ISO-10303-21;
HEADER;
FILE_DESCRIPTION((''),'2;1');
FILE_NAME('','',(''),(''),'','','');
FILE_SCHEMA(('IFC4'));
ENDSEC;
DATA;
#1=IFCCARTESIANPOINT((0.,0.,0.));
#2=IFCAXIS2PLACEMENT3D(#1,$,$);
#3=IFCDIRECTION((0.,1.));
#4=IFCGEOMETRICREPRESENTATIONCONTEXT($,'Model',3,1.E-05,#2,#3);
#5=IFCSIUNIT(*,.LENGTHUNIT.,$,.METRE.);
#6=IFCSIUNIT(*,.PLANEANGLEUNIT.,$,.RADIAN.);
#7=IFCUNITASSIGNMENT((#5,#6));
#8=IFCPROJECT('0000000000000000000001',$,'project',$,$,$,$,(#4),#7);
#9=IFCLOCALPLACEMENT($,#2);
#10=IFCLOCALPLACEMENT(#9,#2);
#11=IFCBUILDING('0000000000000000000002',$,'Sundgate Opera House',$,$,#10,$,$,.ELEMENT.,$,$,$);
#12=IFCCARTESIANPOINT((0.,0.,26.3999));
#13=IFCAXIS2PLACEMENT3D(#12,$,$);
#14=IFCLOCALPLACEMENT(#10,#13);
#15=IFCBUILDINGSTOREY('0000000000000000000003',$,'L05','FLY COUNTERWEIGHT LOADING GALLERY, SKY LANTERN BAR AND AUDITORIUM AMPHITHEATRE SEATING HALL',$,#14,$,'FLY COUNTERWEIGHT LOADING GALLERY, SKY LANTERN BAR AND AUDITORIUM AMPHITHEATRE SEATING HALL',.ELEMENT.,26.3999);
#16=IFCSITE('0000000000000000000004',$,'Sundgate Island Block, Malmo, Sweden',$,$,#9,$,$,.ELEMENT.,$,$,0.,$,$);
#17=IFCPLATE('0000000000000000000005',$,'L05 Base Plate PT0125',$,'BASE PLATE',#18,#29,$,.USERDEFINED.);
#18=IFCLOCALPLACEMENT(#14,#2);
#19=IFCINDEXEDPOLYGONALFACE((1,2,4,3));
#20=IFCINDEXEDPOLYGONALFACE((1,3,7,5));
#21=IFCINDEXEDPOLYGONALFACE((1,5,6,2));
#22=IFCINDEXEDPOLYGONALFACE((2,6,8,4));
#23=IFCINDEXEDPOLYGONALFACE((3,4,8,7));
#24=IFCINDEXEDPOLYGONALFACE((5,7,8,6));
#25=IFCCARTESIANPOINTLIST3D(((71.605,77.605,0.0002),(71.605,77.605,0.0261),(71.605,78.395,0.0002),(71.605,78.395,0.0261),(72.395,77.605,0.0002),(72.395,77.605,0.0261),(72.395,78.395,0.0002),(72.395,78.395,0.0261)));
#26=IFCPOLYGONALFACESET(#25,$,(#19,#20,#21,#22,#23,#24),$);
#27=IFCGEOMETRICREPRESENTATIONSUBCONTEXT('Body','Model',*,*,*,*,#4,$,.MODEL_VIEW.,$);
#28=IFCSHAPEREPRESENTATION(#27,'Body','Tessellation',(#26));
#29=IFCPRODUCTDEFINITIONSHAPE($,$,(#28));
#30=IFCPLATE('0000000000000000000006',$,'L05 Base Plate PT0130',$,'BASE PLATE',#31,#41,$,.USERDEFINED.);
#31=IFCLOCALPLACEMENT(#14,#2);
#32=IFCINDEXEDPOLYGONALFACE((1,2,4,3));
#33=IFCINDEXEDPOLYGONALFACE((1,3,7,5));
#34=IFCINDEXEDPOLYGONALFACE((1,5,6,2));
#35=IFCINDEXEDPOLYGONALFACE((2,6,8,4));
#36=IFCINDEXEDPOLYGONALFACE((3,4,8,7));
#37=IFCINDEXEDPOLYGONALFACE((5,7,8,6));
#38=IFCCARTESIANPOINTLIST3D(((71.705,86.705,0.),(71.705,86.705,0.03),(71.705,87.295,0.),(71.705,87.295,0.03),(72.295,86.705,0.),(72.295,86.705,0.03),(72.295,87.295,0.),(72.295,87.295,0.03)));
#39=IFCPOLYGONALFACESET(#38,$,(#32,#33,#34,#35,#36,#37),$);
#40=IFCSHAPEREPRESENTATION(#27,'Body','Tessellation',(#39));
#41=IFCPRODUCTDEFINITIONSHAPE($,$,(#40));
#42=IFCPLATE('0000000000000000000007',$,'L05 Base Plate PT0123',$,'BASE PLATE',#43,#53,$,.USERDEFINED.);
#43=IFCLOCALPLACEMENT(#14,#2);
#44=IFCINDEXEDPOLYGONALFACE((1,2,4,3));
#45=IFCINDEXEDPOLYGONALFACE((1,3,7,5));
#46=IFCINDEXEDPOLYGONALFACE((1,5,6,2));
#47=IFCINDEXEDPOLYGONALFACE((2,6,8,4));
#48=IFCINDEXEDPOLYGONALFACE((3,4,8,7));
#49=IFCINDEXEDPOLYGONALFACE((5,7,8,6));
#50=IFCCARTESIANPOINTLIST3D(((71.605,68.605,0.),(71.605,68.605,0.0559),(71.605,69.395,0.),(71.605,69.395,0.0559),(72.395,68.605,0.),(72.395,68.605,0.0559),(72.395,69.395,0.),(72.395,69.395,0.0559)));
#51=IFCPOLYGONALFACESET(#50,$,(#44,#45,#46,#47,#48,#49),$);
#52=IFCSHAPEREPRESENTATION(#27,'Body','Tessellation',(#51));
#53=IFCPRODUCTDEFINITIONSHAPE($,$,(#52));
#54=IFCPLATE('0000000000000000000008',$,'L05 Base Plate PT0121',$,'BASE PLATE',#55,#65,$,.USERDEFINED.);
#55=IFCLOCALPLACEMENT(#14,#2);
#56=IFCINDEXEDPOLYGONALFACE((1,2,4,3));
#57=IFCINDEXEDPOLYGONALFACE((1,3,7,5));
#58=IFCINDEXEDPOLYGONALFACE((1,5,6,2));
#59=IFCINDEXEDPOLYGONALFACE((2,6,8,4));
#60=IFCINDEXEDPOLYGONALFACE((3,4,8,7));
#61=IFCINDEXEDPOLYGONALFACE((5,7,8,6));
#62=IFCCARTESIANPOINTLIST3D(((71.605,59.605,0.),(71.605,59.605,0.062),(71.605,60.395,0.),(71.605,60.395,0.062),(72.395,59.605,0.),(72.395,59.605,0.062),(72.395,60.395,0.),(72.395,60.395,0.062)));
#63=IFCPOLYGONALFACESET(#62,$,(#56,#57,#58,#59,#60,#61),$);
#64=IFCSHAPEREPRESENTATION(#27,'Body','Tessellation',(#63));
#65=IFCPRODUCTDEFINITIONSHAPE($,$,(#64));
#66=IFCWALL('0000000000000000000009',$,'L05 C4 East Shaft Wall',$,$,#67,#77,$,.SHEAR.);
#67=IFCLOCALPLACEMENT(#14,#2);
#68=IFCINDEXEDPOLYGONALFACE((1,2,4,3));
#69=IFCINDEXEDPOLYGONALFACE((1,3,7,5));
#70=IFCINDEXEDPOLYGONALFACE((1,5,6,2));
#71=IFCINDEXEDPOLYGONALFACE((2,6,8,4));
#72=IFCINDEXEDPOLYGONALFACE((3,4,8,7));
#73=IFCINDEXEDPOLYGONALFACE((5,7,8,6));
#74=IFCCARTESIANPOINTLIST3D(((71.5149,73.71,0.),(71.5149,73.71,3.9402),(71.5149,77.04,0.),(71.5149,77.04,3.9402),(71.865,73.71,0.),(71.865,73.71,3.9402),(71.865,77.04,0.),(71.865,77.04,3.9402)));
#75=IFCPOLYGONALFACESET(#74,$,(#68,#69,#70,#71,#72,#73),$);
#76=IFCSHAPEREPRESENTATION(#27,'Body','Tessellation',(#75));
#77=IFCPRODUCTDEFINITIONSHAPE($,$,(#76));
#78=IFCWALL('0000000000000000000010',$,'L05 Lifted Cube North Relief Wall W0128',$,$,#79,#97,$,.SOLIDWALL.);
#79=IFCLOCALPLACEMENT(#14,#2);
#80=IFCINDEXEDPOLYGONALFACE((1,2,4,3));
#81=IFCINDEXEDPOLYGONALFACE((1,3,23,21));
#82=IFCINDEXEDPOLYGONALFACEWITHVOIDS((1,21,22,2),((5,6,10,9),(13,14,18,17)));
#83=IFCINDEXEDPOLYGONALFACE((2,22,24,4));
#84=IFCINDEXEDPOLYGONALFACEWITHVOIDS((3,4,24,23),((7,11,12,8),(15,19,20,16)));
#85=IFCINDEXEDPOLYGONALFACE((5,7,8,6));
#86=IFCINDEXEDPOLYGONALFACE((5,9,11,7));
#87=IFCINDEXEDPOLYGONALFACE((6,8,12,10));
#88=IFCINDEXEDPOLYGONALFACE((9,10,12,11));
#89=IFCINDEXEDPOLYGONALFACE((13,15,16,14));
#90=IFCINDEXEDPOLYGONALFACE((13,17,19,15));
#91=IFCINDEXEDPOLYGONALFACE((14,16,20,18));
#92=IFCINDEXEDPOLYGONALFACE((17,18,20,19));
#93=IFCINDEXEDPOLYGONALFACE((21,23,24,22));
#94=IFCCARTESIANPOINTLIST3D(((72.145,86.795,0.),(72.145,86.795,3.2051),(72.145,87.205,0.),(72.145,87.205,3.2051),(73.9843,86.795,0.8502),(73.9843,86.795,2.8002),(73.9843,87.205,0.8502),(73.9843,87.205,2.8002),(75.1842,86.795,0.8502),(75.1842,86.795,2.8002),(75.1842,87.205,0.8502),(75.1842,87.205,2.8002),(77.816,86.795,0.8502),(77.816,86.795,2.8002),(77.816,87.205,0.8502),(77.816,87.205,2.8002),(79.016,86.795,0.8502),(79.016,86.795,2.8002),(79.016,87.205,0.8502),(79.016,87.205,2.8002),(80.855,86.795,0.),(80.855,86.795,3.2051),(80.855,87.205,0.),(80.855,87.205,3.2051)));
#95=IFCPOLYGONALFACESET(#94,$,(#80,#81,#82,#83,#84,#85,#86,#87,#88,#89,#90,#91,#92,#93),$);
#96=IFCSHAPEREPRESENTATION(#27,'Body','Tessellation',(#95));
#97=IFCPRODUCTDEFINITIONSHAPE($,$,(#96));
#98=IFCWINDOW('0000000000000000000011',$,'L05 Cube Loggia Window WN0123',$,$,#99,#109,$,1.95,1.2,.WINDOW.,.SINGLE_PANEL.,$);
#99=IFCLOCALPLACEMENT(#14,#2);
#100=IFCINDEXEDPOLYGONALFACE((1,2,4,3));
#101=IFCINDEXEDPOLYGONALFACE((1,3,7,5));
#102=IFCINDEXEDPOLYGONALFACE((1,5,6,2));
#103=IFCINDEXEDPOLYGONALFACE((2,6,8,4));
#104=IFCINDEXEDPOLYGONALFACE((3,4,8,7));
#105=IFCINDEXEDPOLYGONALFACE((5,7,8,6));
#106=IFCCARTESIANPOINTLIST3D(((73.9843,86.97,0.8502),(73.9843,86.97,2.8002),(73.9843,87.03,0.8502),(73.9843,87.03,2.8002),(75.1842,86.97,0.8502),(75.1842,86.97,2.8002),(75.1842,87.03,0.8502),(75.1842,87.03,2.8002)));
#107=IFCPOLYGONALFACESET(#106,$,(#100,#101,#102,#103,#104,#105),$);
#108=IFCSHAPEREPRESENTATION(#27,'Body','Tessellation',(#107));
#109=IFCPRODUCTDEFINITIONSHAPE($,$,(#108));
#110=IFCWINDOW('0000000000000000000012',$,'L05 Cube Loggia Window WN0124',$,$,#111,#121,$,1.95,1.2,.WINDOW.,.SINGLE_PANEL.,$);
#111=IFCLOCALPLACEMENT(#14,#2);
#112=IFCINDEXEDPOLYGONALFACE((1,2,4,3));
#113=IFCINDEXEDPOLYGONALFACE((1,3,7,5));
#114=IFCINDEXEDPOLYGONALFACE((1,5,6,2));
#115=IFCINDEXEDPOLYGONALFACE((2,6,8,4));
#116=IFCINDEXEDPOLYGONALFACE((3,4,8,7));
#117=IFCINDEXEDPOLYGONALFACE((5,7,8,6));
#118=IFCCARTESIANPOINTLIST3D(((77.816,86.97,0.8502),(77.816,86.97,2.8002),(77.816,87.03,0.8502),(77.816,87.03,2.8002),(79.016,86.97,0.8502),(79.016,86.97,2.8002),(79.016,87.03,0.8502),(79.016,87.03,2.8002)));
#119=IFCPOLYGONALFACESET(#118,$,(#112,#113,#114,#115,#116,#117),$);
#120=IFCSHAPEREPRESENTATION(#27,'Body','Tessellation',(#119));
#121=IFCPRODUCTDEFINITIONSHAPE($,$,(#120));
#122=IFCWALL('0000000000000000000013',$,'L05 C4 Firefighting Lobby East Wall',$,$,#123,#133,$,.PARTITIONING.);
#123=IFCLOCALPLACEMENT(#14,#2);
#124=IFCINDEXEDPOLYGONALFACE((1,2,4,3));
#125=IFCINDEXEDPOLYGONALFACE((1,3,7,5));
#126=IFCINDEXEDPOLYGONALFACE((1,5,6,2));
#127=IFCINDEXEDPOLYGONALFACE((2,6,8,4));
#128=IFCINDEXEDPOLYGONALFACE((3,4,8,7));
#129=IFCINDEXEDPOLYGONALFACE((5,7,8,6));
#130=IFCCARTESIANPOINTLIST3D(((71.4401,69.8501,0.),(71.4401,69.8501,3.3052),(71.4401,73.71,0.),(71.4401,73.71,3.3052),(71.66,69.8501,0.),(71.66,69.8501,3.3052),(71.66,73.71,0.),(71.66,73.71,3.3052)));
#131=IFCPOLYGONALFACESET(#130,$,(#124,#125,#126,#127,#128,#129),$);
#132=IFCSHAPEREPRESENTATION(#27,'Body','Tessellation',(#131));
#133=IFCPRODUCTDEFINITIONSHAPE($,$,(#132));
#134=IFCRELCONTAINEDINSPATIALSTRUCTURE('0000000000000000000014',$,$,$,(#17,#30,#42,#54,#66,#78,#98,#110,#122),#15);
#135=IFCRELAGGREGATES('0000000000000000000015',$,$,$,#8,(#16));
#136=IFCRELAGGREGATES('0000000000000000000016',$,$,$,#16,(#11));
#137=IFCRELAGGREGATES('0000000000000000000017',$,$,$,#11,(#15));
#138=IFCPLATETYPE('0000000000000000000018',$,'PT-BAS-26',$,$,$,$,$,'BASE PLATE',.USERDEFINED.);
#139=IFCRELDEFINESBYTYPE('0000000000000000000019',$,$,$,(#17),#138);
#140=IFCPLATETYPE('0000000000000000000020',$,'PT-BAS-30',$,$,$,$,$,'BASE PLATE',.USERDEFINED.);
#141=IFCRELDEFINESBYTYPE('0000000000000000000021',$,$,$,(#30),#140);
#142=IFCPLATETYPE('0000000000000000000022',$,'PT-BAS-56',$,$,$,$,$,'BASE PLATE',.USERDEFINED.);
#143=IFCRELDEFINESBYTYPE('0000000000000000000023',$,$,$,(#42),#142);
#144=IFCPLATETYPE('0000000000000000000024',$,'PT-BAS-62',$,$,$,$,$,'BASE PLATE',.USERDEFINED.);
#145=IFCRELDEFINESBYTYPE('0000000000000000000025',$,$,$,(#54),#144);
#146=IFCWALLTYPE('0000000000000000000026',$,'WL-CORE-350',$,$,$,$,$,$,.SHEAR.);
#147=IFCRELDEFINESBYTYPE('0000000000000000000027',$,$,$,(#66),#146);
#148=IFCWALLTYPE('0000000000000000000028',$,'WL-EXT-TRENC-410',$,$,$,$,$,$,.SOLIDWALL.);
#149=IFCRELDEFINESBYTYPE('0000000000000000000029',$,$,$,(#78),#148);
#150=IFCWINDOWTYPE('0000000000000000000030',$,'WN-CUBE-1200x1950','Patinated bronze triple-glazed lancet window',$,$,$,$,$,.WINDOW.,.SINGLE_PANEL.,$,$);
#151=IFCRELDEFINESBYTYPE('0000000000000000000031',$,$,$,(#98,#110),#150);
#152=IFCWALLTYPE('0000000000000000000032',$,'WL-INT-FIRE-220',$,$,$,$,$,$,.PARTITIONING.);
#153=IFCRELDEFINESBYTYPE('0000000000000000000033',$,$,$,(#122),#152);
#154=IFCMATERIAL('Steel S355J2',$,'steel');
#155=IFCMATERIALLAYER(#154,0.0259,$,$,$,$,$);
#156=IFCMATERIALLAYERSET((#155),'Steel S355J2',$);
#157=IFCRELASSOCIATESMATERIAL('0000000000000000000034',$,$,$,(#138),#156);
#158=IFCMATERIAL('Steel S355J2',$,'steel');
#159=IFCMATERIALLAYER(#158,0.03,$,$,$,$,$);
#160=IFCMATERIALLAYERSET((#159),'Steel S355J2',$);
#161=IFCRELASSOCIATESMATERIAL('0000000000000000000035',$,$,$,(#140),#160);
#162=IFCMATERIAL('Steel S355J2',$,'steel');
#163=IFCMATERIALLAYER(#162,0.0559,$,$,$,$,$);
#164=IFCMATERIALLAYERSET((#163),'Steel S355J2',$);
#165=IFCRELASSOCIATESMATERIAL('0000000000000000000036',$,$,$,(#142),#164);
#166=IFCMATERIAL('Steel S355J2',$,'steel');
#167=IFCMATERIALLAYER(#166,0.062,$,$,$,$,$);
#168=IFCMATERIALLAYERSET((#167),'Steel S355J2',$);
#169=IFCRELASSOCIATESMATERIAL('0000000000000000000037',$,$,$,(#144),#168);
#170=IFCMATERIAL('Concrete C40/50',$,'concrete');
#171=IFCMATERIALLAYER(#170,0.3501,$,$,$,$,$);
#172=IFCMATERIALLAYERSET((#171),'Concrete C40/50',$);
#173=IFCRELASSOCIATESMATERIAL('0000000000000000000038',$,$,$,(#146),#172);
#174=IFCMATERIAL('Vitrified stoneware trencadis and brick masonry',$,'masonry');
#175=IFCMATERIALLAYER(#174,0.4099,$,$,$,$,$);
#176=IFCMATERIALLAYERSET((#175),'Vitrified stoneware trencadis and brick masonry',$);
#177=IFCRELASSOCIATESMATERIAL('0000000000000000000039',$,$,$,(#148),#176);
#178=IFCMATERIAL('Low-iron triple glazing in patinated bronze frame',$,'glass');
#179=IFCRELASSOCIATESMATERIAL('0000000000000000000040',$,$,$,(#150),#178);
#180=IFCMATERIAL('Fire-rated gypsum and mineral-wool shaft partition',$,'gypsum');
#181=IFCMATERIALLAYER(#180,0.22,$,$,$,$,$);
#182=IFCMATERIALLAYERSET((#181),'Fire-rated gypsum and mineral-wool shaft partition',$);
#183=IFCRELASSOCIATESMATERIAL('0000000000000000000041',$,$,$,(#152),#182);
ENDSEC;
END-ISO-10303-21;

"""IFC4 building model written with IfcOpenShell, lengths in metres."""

from ifc_helpers import new_model, si_unit, direction, frame, frame_2d, origin, origin_2d, place, context, subcontext, project, spatial, rectangle, extrude, material, layer, layer_set, type_object, element, fill, save


model = new_model("IFC4")

# Units and contexts
model_context = context("Model", 3, precision=1e-05, world=origin(), true_north=direction((0.0, 1.0)))
body_context = subcontext(model_context, "Body", "Model", "MODEL_VIEW")
ifc_project = project(units=[si_unit("LENGTHUNIT", "METRE"), si_unit("PLANEANGLEUNIT", "RADIAN")], contexts=[model_context])

# Site, building, storey
site_placement = place(None, origin())
site = spatial("IfcSite", under=ifc_project, at=site_placement, Name="Sundgate Island Block, Malmo, Sweden", CompositionType="ELEMENT", RefElevation=0.0)
building_placement = place(site_placement, origin())
building = spatial("IfcBuilding", under=site, at=building_placement, Name="Sundgate Opera House", CompositionType="ELEMENT")
storey_placement = place(building_placement, frame((0.0, 0.0, 26.3999)))
storey = spatial("IfcBuildingStorey", under=building, at=storey_placement, Name="L05", Description="FLY COUNTERWEIGHT LOADING GALLERY, SKY LANTERN BAR AND AUDITORIUM AMPHITHEATRE SEATING HALL", LongName="FLY COUNTERWEIGHT LOADING GALLERY, SKY LANTERN BAR AND AUDITORIUM AMPHITHEATRE SEATING HALL", CompositionType="ELEMENT", Elevation=26.3999)

# Plates
ifc_material_1 = material(Name="Steel S355J2", Category="steel")
ifc_layer_1 = layer(ifc_material_1, 0.0259)
ifc_layer_set_1 = layer_set([ifc_layer_1], Name="Steel S355J2")
plate_type_1 = type_object("IfcPlateType", Name="PT-BAS-26", ElementType="BASE PLATE", PredefinedType="USERDEFINED", material=ifc_layer_set_1)
plate_1_placement = place(storey_placement, frame((72.0, 78.0, 0.0002), z_axis=(0.0, 0.0, 1.0), x_axis=(1.0, 0.0, 0.0)))
element("IfcPlate", 1, at=plate_1_placement, inside=storey, type_object=plate_type_1, Name="L05 Base Plate PT0125", ObjectType="BASE PLATE", PredefinedType="USERDEFINED", context=body_context, shape_type="SweptSolid", body=[
    extrude(rectangle(XDim=0.79, YDim=0.79, at=origin_2d()), origin(), (0.0, 0.0, 1.0), 0.0259),
])
ifc_material_2 = material(Name="Steel S355J2", Category="steel")
ifc_layer_2 = layer(ifc_material_2, 0.03)
ifc_layer_set_2 = layer_set([ifc_layer_2], Name="Steel S355J2")
plate_type_2 = type_object("IfcPlateType", Name="PT-BAS-30", ElementType="BASE PLATE", PredefinedType="USERDEFINED", material=ifc_layer_set_2)
plate_2_placement = place(storey_placement, frame((72.0, 87.0, 0.0), z_axis=(0.0, 0.0, 1.0), x_axis=(1.0, 0.0, 0.0)))
element("IfcPlate", 2, at=plate_2_placement, inside=storey, type_object=plate_type_2, Name="L05 Base Plate PT0130", ObjectType="BASE PLATE", PredefinedType="USERDEFINED", context=body_context, shape_type="SweptSolid", body=[
    extrude(rectangle(XDim=0.5901, YDim=0.5901, at=origin_2d()), origin(), (0.0, 0.0, 1.0), 0.03),
])
ifc_material_3 = material(Name="Steel S355J2", Category="steel")
ifc_layer_3 = layer(ifc_material_3, 0.0559)
ifc_layer_set_3 = layer_set([ifc_layer_3], Name="Steel S355J2")
plate_type_3 = type_object("IfcPlateType", Name="PT-BAS-56", ElementType="BASE PLATE", PredefinedType="USERDEFINED", material=ifc_layer_set_3)
plate_3_placement = place(storey_placement, frame((72.0, 69.0, 0.0), z_axis=(0.0, 0.0, 1.0), x_axis=(1.0, 0.0, 0.0)))
element("IfcPlate", 3, at=plate_3_placement, inside=storey, type_object=plate_type_3, Name="L05 Base Plate PT0123", ObjectType="BASE PLATE", PredefinedType="USERDEFINED", context=body_context, shape_type="SweptSolid", body=[
    extrude(rectangle(XDim=0.79, YDim=0.79, at=origin_2d()), origin(), (0.0, 0.0, 1.0), 0.0559),
])
ifc_material_4 = material(Name="Steel S355J2", Category="steel")
ifc_layer_4 = layer(ifc_material_4, 0.062)
ifc_layer_set_4 = layer_set([ifc_layer_4], Name="Steel S355J2")
plate_type_4 = type_object("IfcPlateType", Name="PT-BAS-62", ElementType="BASE PLATE", PredefinedType="USERDEFINED", material=ifc_layer_set_4)
plate_4_placement = place(storey_placement, frame((72.0, 60.0, 0.0), z_axis=(0.0, 0.0, 1.0), x_axis=(1.0, 0.0, 0.0)))
element("IfcPlate", 4, at=plate_4_placement, inside=storey, type_object=plate_type_4, Name="L05 Base Plate PT0121", ObjectType="BASE PLATE", PredefinedType="USERDEFINED", context=body_context, shape_type="SweptSolid", body=[
    extrude(rectangle(XDim=0.79, YDim=0.79, at=origin_2d()), origin(), (0.0, 0.0, 1.0), 0.062),
])

# Wall
ifc_material_5 = material(Name="Concrete C40/50", Category="concrete")
ifc_layer_5 = layer(ifc_material_5, 0.3501)
ifc_layer_set_5 = layer_set([ifc_layer_5], Name="Concrete C40/50")
wall_type_1 = type_object("IfcWallType", Name="WL-CORE-350", PredefinedType="SHEAR", material=ifc_layer_set_5)
wall_1_placement = place(storey_placement, frame((71.6899, 73.71, 0.0), z_axis=(0.0, 0.0, 1.0), x_axis=(0.0, 1.0, 0.0)))
element("IfcWall", 5, at=wall_1_placement, inside=storey, type_object=wall_type_1, Name="L05 C4 East Shaft Wall", PredefinedType="SHEAR", context=body_context, shape_type="SweptSolid", body=[
    extrude(rectangle(XDim=3.3301, YDim=0.3501, at=frame_2d((1.665, 0.0))), origin(), (0.0, 0.0, 1.0), 3.9402),
])

# Wall, openings, windows
ifc_material_6 = material(Name="Vitrified stoneware trencadis and brick masonry", Category="masonry")
ifc_layer_6 = layer(ifc_material_6, 0.4099)
ifc_layer_set_6 = layer_set([ifc_layer_6], Name="Vitrified stoneware trencadis and brick masonry")
wall_type_2 = type_object("IfcWallType", Name="WL-EXT-TRENC-410", PredefinedType="SOLIDWALL", material=ifc_layer_set_6)
wall_2_placement = place(storey_placement, frame((72.145, 87.0, 0.0), z_axis=(0.0, 0.0, 1.0), x_axis=(1.0, 0.0, 0.0)))
wall_2 = element("IfcWall", 6, at=wall_2_placement, inside=storey, type_object=wall_type_2, Name="L05 Lifted Cube North Relief Wall W0128", PredefinedType="SOLIDWALL", context=body_context, shape_type="SweptSolid", body=[
    extrude(rectangle(XDim=8.71, YDim=0.4099, at=frame_2d((4.355, 0.0))), origin(), (0.0, 0.0, 1.0), 3.2051),
])
opening_1_placement = place(wall_2_placement, frame((1.8391, 0.0, 0.8501)))
opening_1 = element("IfcOpeningElement", 7, at=opening_1_placement, cuts=wall_2, PredefinedType="OPENING", context=body_context, shape_type="SweptSolid", body=[
    extrude(rectangle(XDim=1.2, YDim=1.95, at=frame_2d((0.6001, 0.9751))), frame((0.0, 0.2148, 0.0), z_axis=(0.0, -1.0, 0.0), x_axis=(1.0, 0.0, 0.0)), (0.0, 0.0, 1.0), 0.4299),
])
opening_2_placement = place(wall_2_placement, frame((5.6709, 0.0, 0.8501)))
opening_2 = element("IfcOpeningElement", 8, at=opening_2_placement, cuts=wall_2, PredefinedType="OPENING", context=body_context, shape_type="SweptSolid", body=[
    extrude(rectangle(XDim=1.2, YDim=1.95, at=frame_2d((0.6001, 0.9751))), frame((0.0, 0.2148, 0.0), z_axis=(0.0, -1.0, 0.0), x_axis=(1.0, 0.0, 0.0)), (0.0, 0.0, 1.0), 0.4299),
])
ifc_material_7 = material(Name="Low-iron triple glazing in patinated bronze frame", Category="glass")
window_type = type_object("IfcWindowType", Name="WN-CUBE-1200x1950", Description="Patinated bronze triple-glazed lancet window", PartitioningType="SINGLE_PANEL", PredefinedType="WINDOW", material=ifc_material_7)
window_1_placement = place(opening_1_placement, origin())
window_1 = element("IfcWindow", 9, at=window_1_placement, inside=storey, type_object=window_type, Name="L05 Cube Loggia Window WN0123", OverallHeight=1.95, OverallWidth=1.2, PartitioningType="SINGLE_PANEL", PredefinedType="WINDOW", context=body_context, shape_type="SweptSolid", body=[
    extrude(rectangle(XDim=1.2, YDim=1.95, at=frame_2d((0.6001, 0.9751))), frame((0.0, 0.03, 0.0), z_axis=(0.0, -1.0, 0.0), x_axis=(1.0, 0.0, 0.0)), (0.0, 0.0, 1.0), 0.0601),
])
fill(opening_1, window_1)
window_2_placement = place(opening_2_placement, origin())
window_2 = element("IfcWindow", 10, at=window_2_placement, inside=storey, type_object=window_type, Name="L05 Cube Loggia Window WN0124", OverallHeight=1.95, OverallWidth=1.2, PartitioningType="SINGLE_PANEL", PredefinedType="WINDOW", context=body_context, shape_type="SweptSolid", body=[
    extrude(rectangle(XDim=1.2, YDim=1.95, at=frame_2d((0.6001, 0.9751))), frame((0.0, 0.03, 0.0), z_axis=(0.0, -1.0, 0.0), x_axis=(1.0, 0.0, 0.0)), (0.0, 0.0, 1.0), 0.0601),
])
fill(opening_2, window_2)

# Wall
ifc_material_8 = material(Name="Fire-rated gypsum and mineral-wool shaft partition", Category="gypsum")
ifc_layer_7 = layer(ifc_material_8, 0.22)
ifc_layer_set_7 = layer_set([ifc_layer_7], Name="Fire-rated gypsum and mineral-wool shaft partition")
wall_type_3 = type_object("IfcWallType", Name="WL-INT-FIRE-220", PredefinedType="PARTITIONING", material=ifc_layer_set_7)
wall_3_placement = place(storey_placement, frame((71.55, 69.8501, 0.0), z_axis=(0.0, 0.0, 1.0), x_axis=(0.0, 1.0, 0.0)))
element("IfcWall", 11, at=wall_3_placement, inside=storey, type_object=wall_type_3, Name="L05 C4 Firefighting Lobby East Wall", PredefinedType="PARTITIONING", context=body_context, shape_type="SweptSolid", body=[
    extrude(rectangle(XDim=3.8599, YDim=0.22, at=frame_2d((1.9299, 0.0))), origin(), (0.0, 0.0, 1.0), 3.3052),
])

save(model, "model.ifc")
